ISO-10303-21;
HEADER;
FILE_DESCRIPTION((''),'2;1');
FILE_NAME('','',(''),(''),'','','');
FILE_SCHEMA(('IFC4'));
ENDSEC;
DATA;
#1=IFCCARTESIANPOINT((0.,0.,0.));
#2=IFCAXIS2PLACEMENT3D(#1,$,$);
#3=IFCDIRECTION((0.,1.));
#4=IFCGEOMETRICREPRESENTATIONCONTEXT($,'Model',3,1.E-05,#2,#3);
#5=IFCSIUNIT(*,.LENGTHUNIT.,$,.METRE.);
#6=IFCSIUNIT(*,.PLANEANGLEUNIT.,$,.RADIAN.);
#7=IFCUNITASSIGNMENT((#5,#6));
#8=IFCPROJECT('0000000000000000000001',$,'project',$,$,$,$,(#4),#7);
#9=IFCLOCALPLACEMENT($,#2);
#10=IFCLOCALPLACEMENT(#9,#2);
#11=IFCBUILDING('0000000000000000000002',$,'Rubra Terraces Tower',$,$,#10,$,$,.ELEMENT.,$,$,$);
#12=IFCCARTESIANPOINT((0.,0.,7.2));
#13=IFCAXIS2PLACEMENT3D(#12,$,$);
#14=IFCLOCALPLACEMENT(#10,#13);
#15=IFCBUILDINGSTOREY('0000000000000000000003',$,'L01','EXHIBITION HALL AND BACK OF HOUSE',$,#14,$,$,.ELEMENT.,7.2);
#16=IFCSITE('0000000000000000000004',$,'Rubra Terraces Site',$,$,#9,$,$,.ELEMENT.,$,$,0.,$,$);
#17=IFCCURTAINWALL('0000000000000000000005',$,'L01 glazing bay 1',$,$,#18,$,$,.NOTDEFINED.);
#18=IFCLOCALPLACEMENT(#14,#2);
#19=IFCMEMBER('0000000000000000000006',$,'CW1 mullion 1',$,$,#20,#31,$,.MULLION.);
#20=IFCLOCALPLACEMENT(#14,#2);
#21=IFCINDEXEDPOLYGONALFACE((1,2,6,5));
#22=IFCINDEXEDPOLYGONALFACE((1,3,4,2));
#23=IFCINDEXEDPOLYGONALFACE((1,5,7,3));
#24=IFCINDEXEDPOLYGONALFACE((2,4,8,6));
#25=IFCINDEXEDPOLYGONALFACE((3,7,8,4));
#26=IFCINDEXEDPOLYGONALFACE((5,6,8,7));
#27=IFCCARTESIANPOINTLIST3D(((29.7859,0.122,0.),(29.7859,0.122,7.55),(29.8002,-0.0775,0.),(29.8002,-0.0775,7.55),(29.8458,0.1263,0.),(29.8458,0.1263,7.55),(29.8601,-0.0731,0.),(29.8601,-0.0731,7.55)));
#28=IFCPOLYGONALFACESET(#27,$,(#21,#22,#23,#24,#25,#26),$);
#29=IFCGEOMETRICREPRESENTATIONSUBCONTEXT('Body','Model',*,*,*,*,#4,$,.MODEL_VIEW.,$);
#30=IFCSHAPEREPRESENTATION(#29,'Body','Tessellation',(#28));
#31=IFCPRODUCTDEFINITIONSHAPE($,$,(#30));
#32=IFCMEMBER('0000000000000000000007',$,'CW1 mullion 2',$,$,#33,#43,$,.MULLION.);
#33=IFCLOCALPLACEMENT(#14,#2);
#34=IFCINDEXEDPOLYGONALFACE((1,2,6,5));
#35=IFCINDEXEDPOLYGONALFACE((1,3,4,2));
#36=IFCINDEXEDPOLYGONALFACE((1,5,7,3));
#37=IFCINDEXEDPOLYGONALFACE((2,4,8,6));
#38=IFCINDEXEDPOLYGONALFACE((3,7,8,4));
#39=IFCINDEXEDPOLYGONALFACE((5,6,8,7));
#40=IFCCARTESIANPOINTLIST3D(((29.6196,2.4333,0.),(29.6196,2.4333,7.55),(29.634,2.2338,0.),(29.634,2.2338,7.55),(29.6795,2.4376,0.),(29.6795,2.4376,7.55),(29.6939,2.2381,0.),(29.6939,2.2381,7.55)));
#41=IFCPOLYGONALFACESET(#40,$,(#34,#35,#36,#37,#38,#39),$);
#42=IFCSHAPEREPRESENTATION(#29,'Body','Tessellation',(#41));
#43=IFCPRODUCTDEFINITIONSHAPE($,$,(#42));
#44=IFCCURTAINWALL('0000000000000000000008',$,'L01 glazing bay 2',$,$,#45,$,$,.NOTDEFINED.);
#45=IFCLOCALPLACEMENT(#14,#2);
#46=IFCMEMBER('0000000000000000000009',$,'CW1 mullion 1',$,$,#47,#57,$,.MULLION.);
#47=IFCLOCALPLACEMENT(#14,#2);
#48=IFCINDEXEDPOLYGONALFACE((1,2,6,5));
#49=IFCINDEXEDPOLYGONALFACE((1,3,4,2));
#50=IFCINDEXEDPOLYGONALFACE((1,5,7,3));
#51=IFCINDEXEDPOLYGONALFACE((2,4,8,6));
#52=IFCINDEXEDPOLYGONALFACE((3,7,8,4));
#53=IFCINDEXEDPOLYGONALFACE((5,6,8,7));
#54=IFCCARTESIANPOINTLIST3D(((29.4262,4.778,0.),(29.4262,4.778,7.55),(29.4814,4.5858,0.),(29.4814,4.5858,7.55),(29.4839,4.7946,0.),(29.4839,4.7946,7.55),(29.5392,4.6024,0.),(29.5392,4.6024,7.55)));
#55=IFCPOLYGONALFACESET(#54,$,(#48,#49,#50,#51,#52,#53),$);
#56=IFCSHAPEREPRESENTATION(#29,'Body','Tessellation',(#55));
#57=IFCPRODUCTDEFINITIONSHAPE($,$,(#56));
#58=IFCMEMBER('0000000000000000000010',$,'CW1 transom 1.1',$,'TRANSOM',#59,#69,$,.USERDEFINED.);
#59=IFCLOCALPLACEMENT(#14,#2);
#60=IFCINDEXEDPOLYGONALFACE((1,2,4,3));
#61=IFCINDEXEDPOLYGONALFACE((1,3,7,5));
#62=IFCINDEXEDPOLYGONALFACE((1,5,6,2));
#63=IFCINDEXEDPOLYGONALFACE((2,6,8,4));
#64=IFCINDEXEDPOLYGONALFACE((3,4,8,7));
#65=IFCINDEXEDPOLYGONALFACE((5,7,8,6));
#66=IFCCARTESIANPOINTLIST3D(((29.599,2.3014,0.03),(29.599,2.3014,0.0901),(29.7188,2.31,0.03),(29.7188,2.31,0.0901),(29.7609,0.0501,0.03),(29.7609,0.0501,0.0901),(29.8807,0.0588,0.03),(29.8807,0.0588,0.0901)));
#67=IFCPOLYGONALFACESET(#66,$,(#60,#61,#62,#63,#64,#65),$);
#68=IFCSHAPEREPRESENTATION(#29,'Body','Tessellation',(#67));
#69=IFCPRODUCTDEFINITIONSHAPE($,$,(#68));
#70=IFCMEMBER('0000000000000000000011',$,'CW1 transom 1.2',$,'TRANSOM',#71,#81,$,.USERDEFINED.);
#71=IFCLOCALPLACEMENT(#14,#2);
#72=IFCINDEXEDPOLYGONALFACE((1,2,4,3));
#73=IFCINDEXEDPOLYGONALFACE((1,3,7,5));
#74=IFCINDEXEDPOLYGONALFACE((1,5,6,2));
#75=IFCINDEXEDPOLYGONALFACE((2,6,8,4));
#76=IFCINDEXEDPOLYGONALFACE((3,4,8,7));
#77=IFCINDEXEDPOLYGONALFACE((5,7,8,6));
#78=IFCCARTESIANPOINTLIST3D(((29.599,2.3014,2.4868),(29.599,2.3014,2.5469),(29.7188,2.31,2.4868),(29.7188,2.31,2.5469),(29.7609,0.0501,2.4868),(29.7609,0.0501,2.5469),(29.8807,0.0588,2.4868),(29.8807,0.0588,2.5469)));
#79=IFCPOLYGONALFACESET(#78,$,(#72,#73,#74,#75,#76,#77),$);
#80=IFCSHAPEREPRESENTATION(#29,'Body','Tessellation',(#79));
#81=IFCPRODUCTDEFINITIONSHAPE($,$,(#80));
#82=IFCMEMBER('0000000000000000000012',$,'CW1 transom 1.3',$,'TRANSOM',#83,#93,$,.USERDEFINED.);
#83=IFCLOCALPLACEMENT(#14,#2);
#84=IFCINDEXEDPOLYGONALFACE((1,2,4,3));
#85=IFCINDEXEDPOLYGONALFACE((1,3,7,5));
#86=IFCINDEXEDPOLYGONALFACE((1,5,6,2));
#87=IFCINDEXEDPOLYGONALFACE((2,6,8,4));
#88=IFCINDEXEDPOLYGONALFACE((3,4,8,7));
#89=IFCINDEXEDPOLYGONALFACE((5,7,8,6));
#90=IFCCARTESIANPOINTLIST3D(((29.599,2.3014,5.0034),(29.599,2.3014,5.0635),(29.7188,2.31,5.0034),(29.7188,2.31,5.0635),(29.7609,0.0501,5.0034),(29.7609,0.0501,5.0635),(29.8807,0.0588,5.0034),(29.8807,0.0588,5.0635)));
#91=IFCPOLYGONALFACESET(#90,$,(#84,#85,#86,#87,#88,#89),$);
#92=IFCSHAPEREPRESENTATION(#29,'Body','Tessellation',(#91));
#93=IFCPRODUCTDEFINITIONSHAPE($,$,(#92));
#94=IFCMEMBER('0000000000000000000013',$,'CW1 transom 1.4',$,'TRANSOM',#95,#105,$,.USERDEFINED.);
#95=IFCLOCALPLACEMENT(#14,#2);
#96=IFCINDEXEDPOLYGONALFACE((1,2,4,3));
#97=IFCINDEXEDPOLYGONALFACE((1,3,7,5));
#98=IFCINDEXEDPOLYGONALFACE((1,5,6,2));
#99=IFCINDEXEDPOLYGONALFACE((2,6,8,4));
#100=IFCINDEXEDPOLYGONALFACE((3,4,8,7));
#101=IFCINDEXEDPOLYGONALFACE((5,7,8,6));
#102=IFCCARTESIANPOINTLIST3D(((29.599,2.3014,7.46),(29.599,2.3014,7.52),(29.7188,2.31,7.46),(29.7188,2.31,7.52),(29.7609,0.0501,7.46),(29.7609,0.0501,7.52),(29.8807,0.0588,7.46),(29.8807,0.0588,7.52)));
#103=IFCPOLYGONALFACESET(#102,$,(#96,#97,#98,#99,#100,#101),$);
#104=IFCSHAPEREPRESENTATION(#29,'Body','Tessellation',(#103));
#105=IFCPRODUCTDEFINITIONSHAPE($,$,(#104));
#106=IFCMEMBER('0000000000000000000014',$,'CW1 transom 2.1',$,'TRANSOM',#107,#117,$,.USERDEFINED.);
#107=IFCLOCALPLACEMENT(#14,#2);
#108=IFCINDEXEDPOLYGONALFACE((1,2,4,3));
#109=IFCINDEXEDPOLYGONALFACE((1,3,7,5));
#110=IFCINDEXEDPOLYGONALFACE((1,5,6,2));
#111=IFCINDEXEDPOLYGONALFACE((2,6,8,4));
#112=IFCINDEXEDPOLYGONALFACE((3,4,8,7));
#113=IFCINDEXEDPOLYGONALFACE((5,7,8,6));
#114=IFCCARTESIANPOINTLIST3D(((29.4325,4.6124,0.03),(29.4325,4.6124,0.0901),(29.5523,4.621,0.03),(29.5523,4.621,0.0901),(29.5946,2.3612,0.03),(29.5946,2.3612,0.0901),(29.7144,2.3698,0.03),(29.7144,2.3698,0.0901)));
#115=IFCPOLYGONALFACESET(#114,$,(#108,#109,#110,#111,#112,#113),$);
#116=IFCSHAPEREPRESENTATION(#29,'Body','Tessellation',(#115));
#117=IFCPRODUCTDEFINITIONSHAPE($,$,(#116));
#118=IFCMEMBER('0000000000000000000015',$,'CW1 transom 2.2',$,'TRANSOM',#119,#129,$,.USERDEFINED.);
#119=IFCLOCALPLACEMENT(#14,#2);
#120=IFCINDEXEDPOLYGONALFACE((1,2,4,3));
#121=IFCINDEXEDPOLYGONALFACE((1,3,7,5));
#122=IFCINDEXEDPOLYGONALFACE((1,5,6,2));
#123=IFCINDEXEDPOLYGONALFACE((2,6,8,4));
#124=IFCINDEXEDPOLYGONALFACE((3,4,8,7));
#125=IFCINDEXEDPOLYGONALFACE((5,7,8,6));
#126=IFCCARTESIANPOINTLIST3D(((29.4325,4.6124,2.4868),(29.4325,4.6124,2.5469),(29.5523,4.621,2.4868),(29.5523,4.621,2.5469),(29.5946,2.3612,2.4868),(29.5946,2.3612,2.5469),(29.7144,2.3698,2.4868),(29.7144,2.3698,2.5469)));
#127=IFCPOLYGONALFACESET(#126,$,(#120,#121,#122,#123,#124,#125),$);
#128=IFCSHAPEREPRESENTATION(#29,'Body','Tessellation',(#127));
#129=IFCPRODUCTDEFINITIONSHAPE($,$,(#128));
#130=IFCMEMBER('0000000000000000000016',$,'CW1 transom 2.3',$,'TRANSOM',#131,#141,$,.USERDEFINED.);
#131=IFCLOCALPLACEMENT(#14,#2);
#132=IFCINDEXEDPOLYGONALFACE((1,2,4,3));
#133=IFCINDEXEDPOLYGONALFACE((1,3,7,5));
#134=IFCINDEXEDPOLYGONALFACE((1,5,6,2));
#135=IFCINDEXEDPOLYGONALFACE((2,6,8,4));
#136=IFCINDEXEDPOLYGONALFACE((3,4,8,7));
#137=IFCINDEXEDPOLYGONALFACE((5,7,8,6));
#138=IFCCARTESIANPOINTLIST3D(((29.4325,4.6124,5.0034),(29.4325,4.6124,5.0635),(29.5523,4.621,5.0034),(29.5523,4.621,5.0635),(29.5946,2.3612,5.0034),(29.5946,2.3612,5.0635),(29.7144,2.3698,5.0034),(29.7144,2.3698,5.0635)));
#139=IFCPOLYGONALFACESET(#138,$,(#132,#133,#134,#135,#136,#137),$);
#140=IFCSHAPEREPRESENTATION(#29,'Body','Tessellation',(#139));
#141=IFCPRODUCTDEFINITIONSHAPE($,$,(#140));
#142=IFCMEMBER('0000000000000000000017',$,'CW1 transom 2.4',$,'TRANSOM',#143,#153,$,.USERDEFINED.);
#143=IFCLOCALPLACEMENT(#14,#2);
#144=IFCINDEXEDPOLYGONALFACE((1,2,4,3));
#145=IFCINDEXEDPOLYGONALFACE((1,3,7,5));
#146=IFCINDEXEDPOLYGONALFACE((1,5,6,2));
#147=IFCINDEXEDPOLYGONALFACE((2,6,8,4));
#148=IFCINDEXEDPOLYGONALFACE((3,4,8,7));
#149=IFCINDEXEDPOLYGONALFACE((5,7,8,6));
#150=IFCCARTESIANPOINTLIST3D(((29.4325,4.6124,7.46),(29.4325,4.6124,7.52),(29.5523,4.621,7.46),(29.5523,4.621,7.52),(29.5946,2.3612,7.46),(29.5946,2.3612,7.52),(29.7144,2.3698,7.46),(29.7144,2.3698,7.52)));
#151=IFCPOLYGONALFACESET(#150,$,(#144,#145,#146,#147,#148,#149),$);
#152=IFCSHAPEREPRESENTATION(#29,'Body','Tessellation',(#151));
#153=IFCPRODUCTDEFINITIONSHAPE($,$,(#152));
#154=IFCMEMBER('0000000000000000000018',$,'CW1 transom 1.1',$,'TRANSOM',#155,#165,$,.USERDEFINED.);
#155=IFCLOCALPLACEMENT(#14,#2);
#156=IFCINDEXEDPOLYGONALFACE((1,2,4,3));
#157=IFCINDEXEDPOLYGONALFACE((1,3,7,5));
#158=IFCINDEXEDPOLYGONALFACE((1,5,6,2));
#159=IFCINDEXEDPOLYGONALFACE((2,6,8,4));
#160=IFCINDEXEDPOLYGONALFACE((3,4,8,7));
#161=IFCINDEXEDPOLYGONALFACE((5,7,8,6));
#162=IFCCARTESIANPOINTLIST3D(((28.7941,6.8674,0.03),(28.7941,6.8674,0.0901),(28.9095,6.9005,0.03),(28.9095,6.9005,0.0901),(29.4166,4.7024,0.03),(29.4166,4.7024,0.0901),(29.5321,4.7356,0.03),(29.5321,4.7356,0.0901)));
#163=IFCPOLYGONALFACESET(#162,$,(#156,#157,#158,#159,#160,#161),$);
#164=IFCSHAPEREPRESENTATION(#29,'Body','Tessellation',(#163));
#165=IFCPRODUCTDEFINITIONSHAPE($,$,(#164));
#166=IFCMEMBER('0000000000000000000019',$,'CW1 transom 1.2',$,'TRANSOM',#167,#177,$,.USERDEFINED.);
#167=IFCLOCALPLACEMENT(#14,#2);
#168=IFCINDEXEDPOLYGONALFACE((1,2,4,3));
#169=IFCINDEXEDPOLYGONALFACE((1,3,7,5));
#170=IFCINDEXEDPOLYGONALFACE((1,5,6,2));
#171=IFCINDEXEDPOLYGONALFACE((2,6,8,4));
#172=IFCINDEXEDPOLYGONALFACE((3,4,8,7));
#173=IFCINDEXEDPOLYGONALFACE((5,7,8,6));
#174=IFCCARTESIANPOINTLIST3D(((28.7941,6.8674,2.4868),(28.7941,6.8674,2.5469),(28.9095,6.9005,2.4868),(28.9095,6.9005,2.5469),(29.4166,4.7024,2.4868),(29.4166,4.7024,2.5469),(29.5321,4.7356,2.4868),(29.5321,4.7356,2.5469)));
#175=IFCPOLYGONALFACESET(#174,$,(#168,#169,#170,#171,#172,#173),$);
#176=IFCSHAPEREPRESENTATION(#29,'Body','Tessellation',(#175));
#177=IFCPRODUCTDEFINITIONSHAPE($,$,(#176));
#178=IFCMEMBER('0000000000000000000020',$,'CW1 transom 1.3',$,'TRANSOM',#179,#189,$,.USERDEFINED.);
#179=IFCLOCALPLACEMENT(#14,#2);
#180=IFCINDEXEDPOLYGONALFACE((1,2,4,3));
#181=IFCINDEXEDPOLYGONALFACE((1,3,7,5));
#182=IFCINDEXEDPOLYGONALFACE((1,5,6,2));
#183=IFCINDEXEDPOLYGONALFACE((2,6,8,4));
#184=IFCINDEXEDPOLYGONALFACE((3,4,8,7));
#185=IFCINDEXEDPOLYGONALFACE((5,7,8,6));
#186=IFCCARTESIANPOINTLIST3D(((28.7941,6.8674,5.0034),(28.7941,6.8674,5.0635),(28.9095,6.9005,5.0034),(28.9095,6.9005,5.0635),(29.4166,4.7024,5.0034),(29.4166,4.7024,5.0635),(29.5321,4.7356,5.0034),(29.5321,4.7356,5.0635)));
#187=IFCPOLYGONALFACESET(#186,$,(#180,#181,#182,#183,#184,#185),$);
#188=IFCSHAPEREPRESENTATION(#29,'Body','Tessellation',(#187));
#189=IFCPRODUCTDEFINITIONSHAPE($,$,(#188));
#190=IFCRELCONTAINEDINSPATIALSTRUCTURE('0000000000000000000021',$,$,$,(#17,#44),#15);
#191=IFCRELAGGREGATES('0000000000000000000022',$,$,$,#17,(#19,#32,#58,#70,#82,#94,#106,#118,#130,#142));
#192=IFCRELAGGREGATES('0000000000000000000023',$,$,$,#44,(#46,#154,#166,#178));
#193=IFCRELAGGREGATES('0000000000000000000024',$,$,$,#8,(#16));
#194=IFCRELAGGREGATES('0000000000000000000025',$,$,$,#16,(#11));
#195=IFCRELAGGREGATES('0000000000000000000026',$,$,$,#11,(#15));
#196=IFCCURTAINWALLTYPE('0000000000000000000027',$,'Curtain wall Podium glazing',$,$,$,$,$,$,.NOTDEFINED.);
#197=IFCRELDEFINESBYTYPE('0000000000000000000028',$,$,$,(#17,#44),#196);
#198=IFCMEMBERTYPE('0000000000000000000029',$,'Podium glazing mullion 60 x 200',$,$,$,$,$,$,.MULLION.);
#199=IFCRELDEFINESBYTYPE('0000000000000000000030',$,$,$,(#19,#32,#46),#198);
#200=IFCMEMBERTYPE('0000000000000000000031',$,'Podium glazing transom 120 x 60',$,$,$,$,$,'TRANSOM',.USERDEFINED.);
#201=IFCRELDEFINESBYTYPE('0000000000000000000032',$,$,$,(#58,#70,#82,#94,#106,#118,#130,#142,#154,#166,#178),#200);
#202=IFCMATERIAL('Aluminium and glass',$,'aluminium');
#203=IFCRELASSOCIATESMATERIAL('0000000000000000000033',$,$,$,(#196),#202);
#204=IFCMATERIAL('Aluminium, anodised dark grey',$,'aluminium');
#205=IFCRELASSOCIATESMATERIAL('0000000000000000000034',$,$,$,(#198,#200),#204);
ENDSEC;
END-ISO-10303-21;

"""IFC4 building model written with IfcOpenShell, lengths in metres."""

from ifc_helpers import new_model, si_unit, direction, frame, origin, origin_2d, place, context, subcontext, project, spatial, rectangle, extrude, material, material_profile, profile_set, type_object, element, aggregate, save


model = new_model("IFC4")

# Units and contexts
model_context = context("Model", 3, precision=1e-05, world=origin(), true_north=direction((0.0, 1.0)))
body_context = subcontext(model_context, "Body", "Model", "MODEL_VIEW")
ifc_project = project(units=[si_unit("LENGTHUNIT", "METRE"), si_unit("PLANEANGLEUNIT", "RADIAN")], contexts=[model_context])

# Site, building, storey
site_placement = place(None, origin())
site = spatial("IfcSite", under=ifc_project, at=site_placement, Name="Rubra Terraces Site", CompositionType="ELEMENT", RefElevation=0.0)
building_placement = place(site_placement, origin())
building = spatial("IfcBuilding", under=site, at=building_placement, Name="Rubra Terraces Tower", CompositionType="ELEMENT")
storey_placement = place(building_placement, frame((0.0, 0.0, 7.2)))
storey = spatial("IfcBuildingStorey", under=building, at=storey_placement, Name="L01", Description="EXHIBITION HALL AND BACK OF HOUSE", CompositionType="ELEMENT", Elevation=7.2)

# Curtain wall, members
ifc_material_1 = material(Name="Aluminium and glass", Category="aluminium")
curtain_wall_type = type_object("IfcCurtainWallType", Name="Curtain wall Podium glazing", PredefinedType="NOTDEFINED", material=ifc_material_1)
curtain_wall_1_placement = place(storey_placement, origin())
curtain_wall_1 = element("IfcCurtainWall", 1, at=curtain_wall_1_placement, inside=storey, type_object=curtain_wall_type, Name="L01 glazing bay 1", PredefinedType="NOTDEFINED")
ifc_material_2 = material(Name="Aluminium, anodised dark grey", Category="aluminium")
ifc_material_profile_1 = material_profile(ifc_material_2, rectangle(XDim=0.0601, YDim=0.2, at=origin_2d()), Name="AL 60x200")
ifc_profile_set_1 = profile_set([ifc_material_profile_1], Name="Aluminium, anodised dark grey")
member_type_1 = type_object("IfcMemberType", Name="Podium glazing mullion 60 x 200", PredefinedType="MULLION", material=ifc_profile_set_1)
member_1_placement = place(storey_placement, frame((29.823, 0.0244, 0.0), z_axis=(0.0, 0.0, 1.0), x_axis=(-0.99742, -0.071792, 0.0)))
member_1 = element("IfcMember", 2, at=member_1_placement, type_object=member_type_1, Name="CW1 mullion 1", PredefinedType="MULLION", context=body_context, shape_type="SweptSolid", body=[
    extrude(rectangle(XDim=0.0601, YDim=0.2, at=origin_2d()), origin(), (0.0, 0.0, 1.0), 7.55),
])
member_2_placement = place(storey_placement, frame((29.6567, 2.3357, 0.0), z_axis=(0.0, 0.0, 1.0), x_axis=(-0.99742, -0.071792, 0.0)))
member_2 = element("IfcMember", 3, at=member_2_placement, type_object=member_type_1, Name="CW1 mullion 2", PredefinedType="MULLION", context=body_context, shape_type="SweptSolid", body=[
    extrude(rectangle(XDim=0.0601, YDim=0.2, at=origin_2d()), origin(), (0.0, 0.0, 1.0), 7.55),
])

# Curtain wall, member
curtain_wall_2_placement = place(storey_placement, origin())
curtain_wall_2 = element("IfcCurtainWall", 4, at=curtain_wall_2_placement, inside=storey, type_object=curtain_wall_type, Name="L01 glazing bay 2", PredefinedType="NOTDEFINED")
member_3_placement = place(storey_placement, frame((29.4827, 4.6902, 0.0), z_axis=(0.0, 0.0, 1.0), x_axis=(-0.961047, -0.276384, 0.0)))
member_3 = element("IfcMember", 5, at=member_3_placement, type_object=member_type_1, Name="CW1 mullion 1", PredefinedType="MULLION", context=body_context, shape_type="SweptSolid", body=[
    extrude(rectangle(XDim=0.0601, YDim=0.2, at=origin_2d()), origin(), (0.0, 0.0, 1.0), 7.55),
])

# Members
ifc_material_profile_2 = material_profile(ifc_material_2, rectangle(XDim=0.1201, YDim=0.0601, at=origin_2d()), Name="AL 120x60")
ifc_profile_set_2 = profile_set([ifc_material_profile_2], Name="Aluminium, anodised dark grey")
member_type_2 = type_object("IfcMemberType", Name="Podium glazing transom 120 x 60", ElementType="TRANSOM", PredefinedType="USERDEFINED", material=ifc_profile_set_2)
member_4_placement = place(storey_placement, frame((29.8208, 0.0544, 0.0601), z_axis=(-0.071716, 0.997425, 0.0), x_axis=(-0.997425, -0.071716, 0.0)))
member_4 = element("IfcMember", 6, at=member_4_placement, type_object=member_type_2, Name="CW1 transom 1.1", ObjectType="TRANSOM", PredefinedType="USERDEFINED", context=body_context, shape_type="SweptSolid", body=[
    extrude(rectangle(XDim=0.1201, YDim=0.0601, at=origin_2d()), origin(), (0.0, 0.0, 1.0), 2.2571),
])
member_5_placement = place(storey_placement, frame((29.8208, 0.0544, 2.5168), z_axis=(-0.071716, 0.997425, 0.0), x_axis=(-0.997425, -0.071716, 0.0)))
member_5 = element("IfcMember", 7, at=member_5_placement, type_object=member_type_2, Name="CW1 transom 1.2", ObjectType="TRANSOM", PredefinedType="USERDEFINED", context=body_context, shape_type="SweptSolid", body=[
    extrude(rectangle(XDim=0.1201, YDim=0.0601, at=origin_2d()), origin(), (0.0, 0.0, 1.0), 2.2571),
])
member_6_placement = place(storey_placement, frame((29.8208, 0.0544, 5.0334), z_axis=(-0.071716, 0.997425, 0.0), x_axis=(-0.997425, -0.071716, 0.0)))
member_6 = element("IfcMember", 8, at=member_6_placement, type_object=member_type_2, Name="CW1 transom 1.3", ObjectType="TRANSOM", PredefinedType="USERDEFINED", context=body_context, shape_type="SweptSolid", body=[
    extrude(rectangle(XDim=0.1201, YDim=0.0601, at=origin_2d()), origin(), (0.0, 0.0, 1.0), 2.2571),
])
member_7_placement = place(storey_placement, frame((29.8208, 0.0544, 7.49), z_axis=(-0.071716, 0.997425, 0.0), x_axis=(-0.997425, -0.071716, 0.0)))
member_7 = element("IfcMember", 9, at=member_7_placement, type_object=member_type_2, Name="CW1 transom 1.4", ObjectType="TRANSOM", PredefinedType="USERDEFINED", context=body_context, shape_type="SweptSolid", body=[
    extrude(rectangle(XDim=0.1201, YDim=0.0601, at=origin_2d()), origin(), (0.0, 0.0, 1.0), 2.2571),
])
member_8_placement = place(storey_placement, frame((29.6545, 2.3655, 0.0601), z_axis=(-0.071824, 0.997417, 0.0), x_axis=(-0.997417, -0.071824, 0.0)))
member_8 = element("IfcMember", 10, at=member_8_placement, type_object=member_type_2, Name="CW1 transom 2.1", ObjectType="TRANSOM", PredefinedType="USERDEFINED", context=body_context, shape_type="SweptSolid", body=[
    extrude(rectangle(XDim=0.1201, YDim=0.0601, at=origin_2d()), origin(), (0.0, 0.0, 1.0), 2.2571),
])
member_9_placement = place(storey_placement, frame((29.6545, 2.3655, 2.5168), z_axis=(-0.071824, 0.997417, 0.0), x_axis=(-0.997417, -0.071824, 0.0)))
member_9 = element("IfcMember", 11, at=member_9_placement, type_object=member_type_2, Name="CW1 transom 2.2", ObjectType="TRANSOM", PredefinedType="USERDEFINED", context=body_context, shape_type="SweptSolid", body=[
    extrude(rectangle(XDim=0.1201, YDim=0.0601, at=origin_2d()), origin(), (0.0, 0.0, 1.0), 2.2571),
])
member_10_placement = place(storey_placement, frame((29.6545, 2.3655, 5.0334), z_axis=(-0.071824, 0.997417, 0.0), x_axis=(-0.997417, -0.071824, 0.0)))
member_10 = element("IfcMember", 12, at=member_10_placement, type_object=member_type_2, Name="CW1 transom 2.3", ObjectType="TRANSOM", PredefinedType="USERDEFINED", context=body_context, shape_type="SweptSolid", body=[
    extrude(rectangle(XDim=0.1201, YDim=0.0601, at=origin_2d()), origin(), (0.0, 0.0, 1.0), 2.2571),
])
member_11_placement = place(storey_placement, frame((29.6545, 2.3655, 7.49), z_axis=(-0.071824, 0.997417, 0.0), x_axis=(-0.997417, -0.071824, 0.0)))
member_11 = element("IfcMember", 13, at=member_11_placement, type_object=member_type_2, Name="CW1 transom 2.4", ObjectType="TRANSOM", PredefinedType="USERDEFINED", context=body_context, shape_type="SweptSolid", body=[
    extrude(rectangle(XDim=0.1201, YDim=0.0601, at=origin_2d()), origin(), (0.0, 0.0, 1.0), 2.2571),
])
member_12_placement = place(storey_placement, frame((29.4744, 4.719, 0.0601), z_axis=(-0.276352, 0.961056, 0.0), x_axis=(-0.961056, -0.276352, 0.0)))
member_12 = element("IfcMember", 14, at=member_12_placement, type_object=member_type_2, Name="CW1 transom 1.1", ObjectType="TRANSOM", PredefinedType="USERDEFINED", context=body_context, shape_type="SweptSolid", body=[
    extrude(rectangle(XDim=0.1201, YDim=0.0601, at=origin_2d()), origin(), (0.0, 0.0, 1.0), 2.2527),
])
member_13_placement = place(storey_placement, frame((29.4744, 4.719, 2.5168), z_axis=(-0.276352, 0.961056, 0.0), x_axis=(-0.961056, -0.276352, 0.0)))
member_13 = element("IfcMember", 15, at=member_13_placement, type_object=member_type_2, Name="CW1 transom 1.2", ObjectType="TRANSOM", PredefinedType="USERDEFINED", context=body_context, shape_type="SweptSolid", body=[
    extrude(rectangle(XDim=0.1201, YDim=0.0601, at=origin_2d()), origin(), (0.0, 0.0, 1.0), 2.2527),
])
member_14_placement = place(storey_placement, frame((29.4744, 4.719, 5.0334), z_axis=(-0.276352, 0.961056, 0.0), x_axis=(-0.961056, -0.276352, 0.0)))
member_14 = element("IfcMember", 16, at=member_14_placement, type_object=member_type_2, Name="CW1 transom 1.3", ObjectType="TRANSOM", PredefinedType="USERDEFINED", context=body_context, shape_type="SweptSolid", body=[
    extrude(rectangle(XDim=0.1201, YDim=0.0601, at=origin_2d()), origin(), (0.0, 0.0, 1.0), 2.2527),
])

aggregate(curtain_wall_1, [member_1, member_2, member_4, member_5, member_6, member_7, member_8, member_9, member_10, member_11])
aggregate(curtain_wall_2, [member_3, member_12, member_13, member_14])

save(model, "model.ifc")
